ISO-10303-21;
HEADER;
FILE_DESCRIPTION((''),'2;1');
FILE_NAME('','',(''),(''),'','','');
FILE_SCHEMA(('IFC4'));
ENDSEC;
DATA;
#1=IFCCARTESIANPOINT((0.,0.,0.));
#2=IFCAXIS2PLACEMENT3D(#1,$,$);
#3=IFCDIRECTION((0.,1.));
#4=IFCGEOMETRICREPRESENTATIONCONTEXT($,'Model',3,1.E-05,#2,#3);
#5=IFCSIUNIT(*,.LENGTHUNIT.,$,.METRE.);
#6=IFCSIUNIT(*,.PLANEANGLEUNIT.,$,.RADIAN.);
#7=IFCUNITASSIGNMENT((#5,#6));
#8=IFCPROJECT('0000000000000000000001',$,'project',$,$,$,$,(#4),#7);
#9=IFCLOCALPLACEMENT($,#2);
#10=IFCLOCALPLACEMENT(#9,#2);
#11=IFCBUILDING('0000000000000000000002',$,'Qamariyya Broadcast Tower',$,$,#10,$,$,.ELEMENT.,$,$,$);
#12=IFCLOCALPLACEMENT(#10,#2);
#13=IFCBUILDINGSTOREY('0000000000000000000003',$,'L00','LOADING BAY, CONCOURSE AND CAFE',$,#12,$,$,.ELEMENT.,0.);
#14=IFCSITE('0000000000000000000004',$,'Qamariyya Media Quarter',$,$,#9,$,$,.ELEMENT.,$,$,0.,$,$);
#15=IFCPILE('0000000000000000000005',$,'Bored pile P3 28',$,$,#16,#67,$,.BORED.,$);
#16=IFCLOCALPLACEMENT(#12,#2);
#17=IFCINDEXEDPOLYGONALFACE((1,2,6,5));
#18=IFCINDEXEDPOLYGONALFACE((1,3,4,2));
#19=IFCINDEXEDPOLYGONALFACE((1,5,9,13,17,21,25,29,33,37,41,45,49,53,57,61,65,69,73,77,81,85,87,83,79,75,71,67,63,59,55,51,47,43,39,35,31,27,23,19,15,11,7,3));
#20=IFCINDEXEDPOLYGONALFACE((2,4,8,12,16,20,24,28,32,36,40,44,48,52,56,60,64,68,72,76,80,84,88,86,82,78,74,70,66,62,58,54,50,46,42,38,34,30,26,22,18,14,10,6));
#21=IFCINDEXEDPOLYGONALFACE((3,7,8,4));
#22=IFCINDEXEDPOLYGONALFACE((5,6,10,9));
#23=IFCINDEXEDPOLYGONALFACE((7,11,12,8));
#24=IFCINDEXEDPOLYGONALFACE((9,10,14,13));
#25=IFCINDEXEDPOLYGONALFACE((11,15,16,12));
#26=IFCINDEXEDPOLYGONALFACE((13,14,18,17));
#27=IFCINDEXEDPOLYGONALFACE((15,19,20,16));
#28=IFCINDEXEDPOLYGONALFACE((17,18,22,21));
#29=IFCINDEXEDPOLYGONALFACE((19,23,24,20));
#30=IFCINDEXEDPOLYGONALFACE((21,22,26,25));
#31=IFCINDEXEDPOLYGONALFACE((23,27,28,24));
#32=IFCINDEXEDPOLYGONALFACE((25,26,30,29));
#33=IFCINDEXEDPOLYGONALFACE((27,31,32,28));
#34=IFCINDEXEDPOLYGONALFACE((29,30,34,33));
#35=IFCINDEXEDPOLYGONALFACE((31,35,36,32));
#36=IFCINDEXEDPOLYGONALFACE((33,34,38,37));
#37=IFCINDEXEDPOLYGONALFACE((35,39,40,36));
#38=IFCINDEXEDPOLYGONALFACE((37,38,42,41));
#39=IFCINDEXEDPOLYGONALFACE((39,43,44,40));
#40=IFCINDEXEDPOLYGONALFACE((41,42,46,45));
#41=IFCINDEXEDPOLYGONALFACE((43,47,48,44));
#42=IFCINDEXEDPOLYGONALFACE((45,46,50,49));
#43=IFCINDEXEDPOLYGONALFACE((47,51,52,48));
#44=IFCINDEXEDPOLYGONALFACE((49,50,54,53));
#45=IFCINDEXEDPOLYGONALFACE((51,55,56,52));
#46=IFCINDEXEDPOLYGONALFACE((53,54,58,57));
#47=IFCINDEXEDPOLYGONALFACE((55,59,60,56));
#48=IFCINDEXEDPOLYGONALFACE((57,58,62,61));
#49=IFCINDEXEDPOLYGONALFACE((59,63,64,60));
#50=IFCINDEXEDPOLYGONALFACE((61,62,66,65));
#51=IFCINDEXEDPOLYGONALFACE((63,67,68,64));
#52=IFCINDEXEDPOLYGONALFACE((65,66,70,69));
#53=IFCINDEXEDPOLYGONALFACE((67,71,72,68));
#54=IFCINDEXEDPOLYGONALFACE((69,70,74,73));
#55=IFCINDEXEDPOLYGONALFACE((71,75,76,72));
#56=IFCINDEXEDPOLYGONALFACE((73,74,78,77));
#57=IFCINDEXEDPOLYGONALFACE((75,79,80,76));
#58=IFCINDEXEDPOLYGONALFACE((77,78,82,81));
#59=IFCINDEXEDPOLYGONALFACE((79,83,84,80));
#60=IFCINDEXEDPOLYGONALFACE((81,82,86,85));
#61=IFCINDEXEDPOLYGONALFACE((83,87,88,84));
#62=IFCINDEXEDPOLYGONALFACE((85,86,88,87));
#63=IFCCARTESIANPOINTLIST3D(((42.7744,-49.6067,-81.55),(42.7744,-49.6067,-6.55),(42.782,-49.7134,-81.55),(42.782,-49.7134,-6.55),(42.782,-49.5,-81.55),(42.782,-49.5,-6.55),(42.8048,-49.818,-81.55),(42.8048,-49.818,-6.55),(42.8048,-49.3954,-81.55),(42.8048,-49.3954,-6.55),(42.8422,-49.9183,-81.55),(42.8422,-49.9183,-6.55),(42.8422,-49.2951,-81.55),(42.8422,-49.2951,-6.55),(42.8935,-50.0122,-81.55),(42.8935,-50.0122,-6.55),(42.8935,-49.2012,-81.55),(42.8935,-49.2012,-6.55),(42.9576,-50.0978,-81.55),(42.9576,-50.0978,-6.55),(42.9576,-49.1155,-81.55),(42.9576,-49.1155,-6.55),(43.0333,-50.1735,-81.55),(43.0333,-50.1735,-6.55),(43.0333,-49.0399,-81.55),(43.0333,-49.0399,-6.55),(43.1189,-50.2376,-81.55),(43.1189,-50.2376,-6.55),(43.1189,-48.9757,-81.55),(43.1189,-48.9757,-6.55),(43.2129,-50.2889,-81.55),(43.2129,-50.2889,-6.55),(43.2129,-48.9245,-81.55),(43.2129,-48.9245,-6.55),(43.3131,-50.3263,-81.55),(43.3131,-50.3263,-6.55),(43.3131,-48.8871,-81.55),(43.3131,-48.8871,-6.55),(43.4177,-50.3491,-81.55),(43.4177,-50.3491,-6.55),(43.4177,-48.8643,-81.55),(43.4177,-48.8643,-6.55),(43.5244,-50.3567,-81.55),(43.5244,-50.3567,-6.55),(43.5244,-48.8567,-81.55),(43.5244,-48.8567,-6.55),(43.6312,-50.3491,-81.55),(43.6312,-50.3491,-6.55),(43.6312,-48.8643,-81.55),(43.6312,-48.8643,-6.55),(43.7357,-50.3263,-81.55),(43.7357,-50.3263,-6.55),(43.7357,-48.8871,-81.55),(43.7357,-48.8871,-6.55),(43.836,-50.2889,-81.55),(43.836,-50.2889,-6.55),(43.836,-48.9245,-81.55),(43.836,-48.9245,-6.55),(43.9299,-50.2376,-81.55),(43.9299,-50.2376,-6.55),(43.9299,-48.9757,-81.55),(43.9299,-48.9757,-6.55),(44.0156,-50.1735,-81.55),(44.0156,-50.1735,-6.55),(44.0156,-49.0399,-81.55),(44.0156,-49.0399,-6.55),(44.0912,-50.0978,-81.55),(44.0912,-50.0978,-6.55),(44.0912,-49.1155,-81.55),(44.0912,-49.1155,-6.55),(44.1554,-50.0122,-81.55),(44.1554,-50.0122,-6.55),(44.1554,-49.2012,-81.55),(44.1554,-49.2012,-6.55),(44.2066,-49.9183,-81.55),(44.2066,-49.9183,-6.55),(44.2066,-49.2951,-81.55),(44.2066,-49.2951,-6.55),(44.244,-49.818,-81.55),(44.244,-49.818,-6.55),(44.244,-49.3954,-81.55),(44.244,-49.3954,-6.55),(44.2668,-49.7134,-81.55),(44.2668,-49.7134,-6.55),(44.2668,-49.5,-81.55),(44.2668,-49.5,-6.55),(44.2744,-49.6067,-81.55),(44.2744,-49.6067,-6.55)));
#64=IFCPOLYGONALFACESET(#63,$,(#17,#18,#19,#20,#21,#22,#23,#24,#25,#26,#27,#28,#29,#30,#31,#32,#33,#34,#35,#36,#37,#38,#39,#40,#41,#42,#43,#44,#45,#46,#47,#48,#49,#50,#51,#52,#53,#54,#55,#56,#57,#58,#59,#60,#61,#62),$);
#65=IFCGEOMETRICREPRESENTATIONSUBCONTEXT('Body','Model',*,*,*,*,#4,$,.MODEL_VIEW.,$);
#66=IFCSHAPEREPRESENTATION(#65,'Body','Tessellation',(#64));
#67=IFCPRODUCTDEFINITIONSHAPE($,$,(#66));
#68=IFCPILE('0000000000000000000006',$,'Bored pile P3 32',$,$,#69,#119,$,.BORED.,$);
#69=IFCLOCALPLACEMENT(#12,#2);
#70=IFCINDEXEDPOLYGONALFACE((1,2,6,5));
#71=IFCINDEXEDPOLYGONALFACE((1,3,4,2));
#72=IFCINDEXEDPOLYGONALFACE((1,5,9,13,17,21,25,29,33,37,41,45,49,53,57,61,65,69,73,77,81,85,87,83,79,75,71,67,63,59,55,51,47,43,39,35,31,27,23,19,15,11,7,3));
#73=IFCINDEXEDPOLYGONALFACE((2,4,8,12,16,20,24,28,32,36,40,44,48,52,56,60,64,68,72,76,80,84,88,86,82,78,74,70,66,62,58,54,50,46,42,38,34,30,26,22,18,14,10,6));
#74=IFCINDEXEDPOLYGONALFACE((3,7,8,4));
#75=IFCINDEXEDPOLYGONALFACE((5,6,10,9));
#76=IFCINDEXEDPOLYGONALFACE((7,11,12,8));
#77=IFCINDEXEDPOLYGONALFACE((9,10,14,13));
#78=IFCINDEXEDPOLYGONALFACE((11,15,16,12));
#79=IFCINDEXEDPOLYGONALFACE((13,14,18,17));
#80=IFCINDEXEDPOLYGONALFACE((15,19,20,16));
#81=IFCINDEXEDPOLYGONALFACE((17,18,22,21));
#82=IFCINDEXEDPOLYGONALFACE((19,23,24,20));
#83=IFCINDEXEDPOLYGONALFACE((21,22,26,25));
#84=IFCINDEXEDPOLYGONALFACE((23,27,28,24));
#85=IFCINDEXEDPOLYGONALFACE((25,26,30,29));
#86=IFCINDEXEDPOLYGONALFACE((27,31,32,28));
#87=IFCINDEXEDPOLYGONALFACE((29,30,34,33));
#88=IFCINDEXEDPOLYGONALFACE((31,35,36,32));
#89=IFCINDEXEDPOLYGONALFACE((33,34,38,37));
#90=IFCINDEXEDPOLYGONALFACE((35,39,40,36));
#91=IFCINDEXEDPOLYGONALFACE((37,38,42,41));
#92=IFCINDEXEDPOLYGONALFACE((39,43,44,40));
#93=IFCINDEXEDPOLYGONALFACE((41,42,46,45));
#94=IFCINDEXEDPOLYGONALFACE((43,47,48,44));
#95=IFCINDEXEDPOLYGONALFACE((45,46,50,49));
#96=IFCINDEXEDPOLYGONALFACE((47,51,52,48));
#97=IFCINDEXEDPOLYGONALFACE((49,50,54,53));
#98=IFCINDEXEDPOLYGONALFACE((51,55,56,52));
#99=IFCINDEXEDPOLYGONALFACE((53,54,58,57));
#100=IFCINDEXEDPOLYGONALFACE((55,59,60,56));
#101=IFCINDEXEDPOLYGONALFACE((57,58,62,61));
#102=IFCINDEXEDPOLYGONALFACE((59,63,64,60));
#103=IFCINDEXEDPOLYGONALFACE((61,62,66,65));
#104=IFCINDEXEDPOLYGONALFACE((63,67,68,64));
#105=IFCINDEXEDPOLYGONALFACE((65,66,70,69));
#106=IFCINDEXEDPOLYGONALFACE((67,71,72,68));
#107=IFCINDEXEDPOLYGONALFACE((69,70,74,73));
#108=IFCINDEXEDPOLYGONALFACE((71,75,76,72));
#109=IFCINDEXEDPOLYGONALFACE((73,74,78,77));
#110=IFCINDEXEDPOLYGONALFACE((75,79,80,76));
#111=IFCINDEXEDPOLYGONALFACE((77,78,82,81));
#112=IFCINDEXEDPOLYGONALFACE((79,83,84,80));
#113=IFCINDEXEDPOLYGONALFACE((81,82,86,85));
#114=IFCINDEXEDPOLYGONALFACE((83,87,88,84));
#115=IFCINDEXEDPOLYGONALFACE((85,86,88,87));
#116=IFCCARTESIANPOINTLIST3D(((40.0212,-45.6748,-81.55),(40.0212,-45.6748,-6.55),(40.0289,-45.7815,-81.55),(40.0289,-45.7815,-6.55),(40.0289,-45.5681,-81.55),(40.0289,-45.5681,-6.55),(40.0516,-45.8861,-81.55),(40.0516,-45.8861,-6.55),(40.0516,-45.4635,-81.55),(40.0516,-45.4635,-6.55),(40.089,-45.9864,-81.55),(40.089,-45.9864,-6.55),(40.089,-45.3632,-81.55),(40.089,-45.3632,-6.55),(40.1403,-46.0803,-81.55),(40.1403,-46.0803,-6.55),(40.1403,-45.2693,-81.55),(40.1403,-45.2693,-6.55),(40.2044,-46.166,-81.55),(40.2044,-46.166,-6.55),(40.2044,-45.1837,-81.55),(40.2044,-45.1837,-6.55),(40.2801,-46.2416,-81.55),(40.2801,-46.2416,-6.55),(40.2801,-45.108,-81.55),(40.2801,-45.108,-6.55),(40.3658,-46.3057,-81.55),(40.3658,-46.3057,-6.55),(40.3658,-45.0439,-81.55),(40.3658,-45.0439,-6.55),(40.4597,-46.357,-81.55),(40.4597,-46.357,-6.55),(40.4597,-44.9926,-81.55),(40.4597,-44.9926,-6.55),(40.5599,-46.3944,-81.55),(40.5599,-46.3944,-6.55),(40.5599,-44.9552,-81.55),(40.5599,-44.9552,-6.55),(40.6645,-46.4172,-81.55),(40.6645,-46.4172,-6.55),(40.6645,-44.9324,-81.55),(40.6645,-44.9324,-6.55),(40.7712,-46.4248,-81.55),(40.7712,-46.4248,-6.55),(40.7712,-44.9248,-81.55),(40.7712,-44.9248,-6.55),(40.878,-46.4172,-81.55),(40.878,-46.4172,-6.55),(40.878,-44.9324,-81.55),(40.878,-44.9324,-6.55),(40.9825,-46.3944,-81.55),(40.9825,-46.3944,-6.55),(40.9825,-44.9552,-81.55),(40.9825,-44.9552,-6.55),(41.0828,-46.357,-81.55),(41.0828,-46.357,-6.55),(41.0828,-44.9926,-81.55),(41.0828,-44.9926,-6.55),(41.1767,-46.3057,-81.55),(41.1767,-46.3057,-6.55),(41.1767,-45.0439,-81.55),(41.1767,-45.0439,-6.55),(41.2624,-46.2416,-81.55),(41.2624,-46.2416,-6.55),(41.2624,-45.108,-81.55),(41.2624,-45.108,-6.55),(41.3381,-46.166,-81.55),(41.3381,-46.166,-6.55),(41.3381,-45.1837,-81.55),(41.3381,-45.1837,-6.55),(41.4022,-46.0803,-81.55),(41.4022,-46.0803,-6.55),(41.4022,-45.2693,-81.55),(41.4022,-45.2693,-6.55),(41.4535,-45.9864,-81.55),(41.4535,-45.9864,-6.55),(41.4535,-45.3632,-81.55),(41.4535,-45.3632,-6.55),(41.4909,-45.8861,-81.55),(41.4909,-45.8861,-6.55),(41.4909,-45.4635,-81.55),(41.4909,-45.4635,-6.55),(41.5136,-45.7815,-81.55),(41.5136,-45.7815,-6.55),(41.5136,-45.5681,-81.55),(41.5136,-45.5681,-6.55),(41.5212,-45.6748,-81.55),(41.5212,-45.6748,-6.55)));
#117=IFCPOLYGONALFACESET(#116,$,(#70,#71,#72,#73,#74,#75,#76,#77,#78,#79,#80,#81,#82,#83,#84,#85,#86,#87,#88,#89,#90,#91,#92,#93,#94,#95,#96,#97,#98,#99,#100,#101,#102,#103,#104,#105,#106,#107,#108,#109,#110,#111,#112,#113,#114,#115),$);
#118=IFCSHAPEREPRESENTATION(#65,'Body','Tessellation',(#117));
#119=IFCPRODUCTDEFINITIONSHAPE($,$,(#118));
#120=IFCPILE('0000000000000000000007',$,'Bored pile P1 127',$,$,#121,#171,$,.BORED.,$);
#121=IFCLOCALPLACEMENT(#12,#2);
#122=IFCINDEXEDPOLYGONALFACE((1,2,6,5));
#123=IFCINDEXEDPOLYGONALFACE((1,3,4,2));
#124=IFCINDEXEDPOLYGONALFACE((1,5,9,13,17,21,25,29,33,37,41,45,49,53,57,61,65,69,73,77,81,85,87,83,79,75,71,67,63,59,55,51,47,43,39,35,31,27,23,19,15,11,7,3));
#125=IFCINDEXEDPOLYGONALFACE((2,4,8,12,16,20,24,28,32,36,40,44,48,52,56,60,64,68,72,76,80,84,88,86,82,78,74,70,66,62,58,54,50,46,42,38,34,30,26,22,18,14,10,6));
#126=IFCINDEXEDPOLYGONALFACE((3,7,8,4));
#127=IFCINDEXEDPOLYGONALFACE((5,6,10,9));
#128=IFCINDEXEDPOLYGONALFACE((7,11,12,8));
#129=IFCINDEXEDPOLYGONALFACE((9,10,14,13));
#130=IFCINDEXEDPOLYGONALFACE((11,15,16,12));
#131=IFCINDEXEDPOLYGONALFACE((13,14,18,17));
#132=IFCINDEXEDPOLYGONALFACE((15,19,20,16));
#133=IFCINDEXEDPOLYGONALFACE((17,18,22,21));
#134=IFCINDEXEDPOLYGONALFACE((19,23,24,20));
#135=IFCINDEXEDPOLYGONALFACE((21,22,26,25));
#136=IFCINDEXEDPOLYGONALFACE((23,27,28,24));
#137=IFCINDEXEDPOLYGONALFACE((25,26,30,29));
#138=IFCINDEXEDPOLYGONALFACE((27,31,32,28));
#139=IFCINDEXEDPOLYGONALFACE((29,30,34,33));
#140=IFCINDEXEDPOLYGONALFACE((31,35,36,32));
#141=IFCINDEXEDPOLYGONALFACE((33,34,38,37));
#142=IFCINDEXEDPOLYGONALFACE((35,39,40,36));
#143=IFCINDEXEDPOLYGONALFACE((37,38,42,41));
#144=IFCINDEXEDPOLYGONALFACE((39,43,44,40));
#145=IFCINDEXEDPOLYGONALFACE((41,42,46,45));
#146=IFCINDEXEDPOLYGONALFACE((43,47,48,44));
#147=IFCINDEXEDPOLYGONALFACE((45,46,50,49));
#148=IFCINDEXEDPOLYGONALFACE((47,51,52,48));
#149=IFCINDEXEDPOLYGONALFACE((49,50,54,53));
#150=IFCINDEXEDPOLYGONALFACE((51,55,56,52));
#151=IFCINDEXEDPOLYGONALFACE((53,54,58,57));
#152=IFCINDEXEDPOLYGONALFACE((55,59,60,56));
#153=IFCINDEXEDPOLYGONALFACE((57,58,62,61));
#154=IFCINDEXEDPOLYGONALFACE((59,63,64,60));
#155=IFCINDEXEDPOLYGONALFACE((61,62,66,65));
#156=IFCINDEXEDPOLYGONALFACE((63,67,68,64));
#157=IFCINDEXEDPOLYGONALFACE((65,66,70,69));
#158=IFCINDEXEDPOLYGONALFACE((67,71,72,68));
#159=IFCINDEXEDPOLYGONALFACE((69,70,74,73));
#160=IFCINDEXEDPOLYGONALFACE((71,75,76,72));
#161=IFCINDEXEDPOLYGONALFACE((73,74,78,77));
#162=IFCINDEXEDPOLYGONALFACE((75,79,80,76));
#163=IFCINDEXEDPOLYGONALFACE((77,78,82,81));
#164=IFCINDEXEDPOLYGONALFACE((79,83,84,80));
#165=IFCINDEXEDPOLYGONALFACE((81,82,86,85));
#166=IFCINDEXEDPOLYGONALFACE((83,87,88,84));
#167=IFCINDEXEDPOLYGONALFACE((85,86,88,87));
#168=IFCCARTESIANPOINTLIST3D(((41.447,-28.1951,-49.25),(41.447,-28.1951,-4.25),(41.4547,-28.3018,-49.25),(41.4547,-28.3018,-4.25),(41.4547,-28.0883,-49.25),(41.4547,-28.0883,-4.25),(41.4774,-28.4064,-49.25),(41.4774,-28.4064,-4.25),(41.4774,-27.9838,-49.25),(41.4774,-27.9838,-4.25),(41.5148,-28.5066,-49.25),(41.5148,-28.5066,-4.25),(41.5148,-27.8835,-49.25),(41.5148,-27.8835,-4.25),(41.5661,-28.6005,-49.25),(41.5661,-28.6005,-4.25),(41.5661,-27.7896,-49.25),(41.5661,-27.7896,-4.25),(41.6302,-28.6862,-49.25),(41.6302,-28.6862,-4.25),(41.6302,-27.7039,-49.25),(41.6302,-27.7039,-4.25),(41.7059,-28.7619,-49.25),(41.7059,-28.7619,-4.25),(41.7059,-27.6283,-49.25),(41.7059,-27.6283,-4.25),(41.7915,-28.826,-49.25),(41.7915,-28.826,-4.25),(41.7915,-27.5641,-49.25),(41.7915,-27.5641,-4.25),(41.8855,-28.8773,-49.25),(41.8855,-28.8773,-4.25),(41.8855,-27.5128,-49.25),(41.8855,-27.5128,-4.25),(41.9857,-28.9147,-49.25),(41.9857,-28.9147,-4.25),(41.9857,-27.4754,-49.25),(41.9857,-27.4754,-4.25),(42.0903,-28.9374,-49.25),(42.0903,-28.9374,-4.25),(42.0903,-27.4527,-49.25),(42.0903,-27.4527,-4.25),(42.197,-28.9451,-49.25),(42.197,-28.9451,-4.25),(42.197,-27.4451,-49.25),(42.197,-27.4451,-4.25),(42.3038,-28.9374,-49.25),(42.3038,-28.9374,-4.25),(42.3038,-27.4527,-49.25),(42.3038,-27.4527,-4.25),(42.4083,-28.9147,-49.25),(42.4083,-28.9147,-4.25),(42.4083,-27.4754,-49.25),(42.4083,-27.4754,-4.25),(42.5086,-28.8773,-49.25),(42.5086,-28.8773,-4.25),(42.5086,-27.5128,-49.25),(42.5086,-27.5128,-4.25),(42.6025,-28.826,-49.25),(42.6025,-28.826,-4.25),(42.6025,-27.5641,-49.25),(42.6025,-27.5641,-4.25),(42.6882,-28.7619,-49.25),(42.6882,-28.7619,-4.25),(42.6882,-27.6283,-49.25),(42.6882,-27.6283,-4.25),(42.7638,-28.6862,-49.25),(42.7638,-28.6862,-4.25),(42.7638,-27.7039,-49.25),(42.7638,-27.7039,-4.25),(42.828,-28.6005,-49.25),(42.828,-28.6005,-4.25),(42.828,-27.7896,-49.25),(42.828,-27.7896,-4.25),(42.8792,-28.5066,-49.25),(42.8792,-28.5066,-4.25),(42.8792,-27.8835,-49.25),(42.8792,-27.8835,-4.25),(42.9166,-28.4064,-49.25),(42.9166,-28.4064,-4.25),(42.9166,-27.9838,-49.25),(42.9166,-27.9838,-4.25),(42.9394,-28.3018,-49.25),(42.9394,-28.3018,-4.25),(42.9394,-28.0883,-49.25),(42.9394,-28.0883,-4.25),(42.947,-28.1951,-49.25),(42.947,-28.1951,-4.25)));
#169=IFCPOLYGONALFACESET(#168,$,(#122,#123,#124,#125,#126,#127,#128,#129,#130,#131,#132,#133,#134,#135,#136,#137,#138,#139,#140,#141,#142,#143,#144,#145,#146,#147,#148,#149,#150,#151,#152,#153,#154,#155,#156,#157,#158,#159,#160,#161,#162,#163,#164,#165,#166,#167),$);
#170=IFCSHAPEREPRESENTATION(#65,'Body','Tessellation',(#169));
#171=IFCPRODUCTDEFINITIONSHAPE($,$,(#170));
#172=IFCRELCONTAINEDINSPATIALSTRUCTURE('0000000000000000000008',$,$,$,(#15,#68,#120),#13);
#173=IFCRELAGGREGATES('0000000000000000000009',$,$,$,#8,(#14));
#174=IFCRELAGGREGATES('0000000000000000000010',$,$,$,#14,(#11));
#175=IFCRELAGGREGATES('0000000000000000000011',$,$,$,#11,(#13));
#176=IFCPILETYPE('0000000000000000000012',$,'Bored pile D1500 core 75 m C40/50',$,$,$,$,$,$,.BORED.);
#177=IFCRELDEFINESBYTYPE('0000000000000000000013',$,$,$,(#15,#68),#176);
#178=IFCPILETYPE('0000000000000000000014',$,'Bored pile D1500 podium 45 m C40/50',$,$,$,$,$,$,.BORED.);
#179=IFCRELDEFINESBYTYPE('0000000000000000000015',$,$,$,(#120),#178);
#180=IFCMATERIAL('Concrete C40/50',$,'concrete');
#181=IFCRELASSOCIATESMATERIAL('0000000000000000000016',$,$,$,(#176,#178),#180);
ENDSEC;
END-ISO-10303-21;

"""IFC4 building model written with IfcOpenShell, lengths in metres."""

from ifc_helpers import new_model, si_unit, direction, frame, origin, origin_2d, place, context, subcontext, project, spatial, circle, extrude, material, material_profile, profile_set, type_object, element, save


model = new_model("IFC4")

# Units and contexts
model_context = context("Model", 3, precision=1e-05, world=origin(), true_north=direction((0.0, 1.0)))
body_context = subcontext(model_context, "Body", "Model", "MODEL_VIEW")
ifc_project = project(units=[si_unit("LENGTHUNIT", "METRE"), si_unit("PLANEANGLEUNIT", "RADIAN")], contexts=[model_context])

# Site, building, storey
site_placement = place(None, origin())
site = spatial("IfcSite", under=ifc_project, at=site_placement, Name="Qamariyya Media Quarter", CompositionType="ELEMENT", RefElevation=0.0)
building_placement = place(site_placement, origin())
building = spatial("IfcBuilding", under=site, at=building_placement, Name="Qamariyya Broadcast Tower", CompositionType="ELEMENT")
storey_placement = place(building_placement, origin())
storey = spatial("IfcBuildingStorey", under=building, at=storey_placement, Name="L00", Description="LOADING BAY, CONCOURSE AND CAFE", CompositionType="ELEMENT", Elevation=0.0)

# Piles
ifc_material_1 = material(Name="Concrete C40/50", Category="concrete")
ifc_material_profile_1 = material_profile(ifc_material_1, circle(Radius=0.75, at=origin_2d()))
ifc_profile_set_1 = profile_set([ifc_material_profile_1], Name="Concrete C40/50")
pile_type_1 = type_object("IfcPileType", Name="Bored pile D1500 core 75 m C40/50", PredefinedType="BORED", material=ifc_profile_set_1)
for number, where, z_axis, x_axis, name in (
    (1, (43.5244, -49.6067, -6.55), (0.0, 0.0, -1.0), (1.0, 0.0, 0.0), "Bored pile P3 28"),
    (2, (40.7712, -45.6748, -6.55), (0.0, 0.0, -1.0), (1.0, 0.0, 0.0), "Bored pile P3 32"),
):
    element("IfcPile", number, at=place(storey_placement, frame(where, z_axis=z_axis, x_axis=x_axis)), inside=storey, type_object=pile_type_1, Name=name, PredefinedType="BORED", context=body_context, shape_type="SweptSolid", body=[
        extrude(circle(Radius=0.75, at=origin_2d()), origin(), (0.0, 0.0, 1.0), 75.0),
    ])
ifc_material_profile_2 = material_profile(ifc_material_1, circle(Radius=0.75, at=origin_2d()))
ifc_profile_set_2 = profile_set([ifc_material_profile_2], Name="Concrete C40/50")
pile_type_2 = type_object("IfcPileType", Name="Bored pile D1500 podium 45 m C40/50", PredefinedType="BORED", material=ifc_profile_set_2)
for number, where, z_axis, x_axis, name in (
    (3, (42.197, -28.1951, -4.25), (0.0, 0.0, -1.0), (1.0, 0.0, 0.0), "Bored pile P1 127"),
):
    element("IfcPile", number, at=place(storey_placement, frame(where, z_axis=z_axis, x_axis=x_axis)), inside=storey, type_object=pile_type_2, Name=name, PredefinedType="BORED", context=body_context, shape_type="SweptSolid", body=[
        extrude(circle(Radius=0.75, at=origin_2d()), origin(), (0.0, 0.0, 1.0), 45.0),
    ])

save(model, "model.ifc")
